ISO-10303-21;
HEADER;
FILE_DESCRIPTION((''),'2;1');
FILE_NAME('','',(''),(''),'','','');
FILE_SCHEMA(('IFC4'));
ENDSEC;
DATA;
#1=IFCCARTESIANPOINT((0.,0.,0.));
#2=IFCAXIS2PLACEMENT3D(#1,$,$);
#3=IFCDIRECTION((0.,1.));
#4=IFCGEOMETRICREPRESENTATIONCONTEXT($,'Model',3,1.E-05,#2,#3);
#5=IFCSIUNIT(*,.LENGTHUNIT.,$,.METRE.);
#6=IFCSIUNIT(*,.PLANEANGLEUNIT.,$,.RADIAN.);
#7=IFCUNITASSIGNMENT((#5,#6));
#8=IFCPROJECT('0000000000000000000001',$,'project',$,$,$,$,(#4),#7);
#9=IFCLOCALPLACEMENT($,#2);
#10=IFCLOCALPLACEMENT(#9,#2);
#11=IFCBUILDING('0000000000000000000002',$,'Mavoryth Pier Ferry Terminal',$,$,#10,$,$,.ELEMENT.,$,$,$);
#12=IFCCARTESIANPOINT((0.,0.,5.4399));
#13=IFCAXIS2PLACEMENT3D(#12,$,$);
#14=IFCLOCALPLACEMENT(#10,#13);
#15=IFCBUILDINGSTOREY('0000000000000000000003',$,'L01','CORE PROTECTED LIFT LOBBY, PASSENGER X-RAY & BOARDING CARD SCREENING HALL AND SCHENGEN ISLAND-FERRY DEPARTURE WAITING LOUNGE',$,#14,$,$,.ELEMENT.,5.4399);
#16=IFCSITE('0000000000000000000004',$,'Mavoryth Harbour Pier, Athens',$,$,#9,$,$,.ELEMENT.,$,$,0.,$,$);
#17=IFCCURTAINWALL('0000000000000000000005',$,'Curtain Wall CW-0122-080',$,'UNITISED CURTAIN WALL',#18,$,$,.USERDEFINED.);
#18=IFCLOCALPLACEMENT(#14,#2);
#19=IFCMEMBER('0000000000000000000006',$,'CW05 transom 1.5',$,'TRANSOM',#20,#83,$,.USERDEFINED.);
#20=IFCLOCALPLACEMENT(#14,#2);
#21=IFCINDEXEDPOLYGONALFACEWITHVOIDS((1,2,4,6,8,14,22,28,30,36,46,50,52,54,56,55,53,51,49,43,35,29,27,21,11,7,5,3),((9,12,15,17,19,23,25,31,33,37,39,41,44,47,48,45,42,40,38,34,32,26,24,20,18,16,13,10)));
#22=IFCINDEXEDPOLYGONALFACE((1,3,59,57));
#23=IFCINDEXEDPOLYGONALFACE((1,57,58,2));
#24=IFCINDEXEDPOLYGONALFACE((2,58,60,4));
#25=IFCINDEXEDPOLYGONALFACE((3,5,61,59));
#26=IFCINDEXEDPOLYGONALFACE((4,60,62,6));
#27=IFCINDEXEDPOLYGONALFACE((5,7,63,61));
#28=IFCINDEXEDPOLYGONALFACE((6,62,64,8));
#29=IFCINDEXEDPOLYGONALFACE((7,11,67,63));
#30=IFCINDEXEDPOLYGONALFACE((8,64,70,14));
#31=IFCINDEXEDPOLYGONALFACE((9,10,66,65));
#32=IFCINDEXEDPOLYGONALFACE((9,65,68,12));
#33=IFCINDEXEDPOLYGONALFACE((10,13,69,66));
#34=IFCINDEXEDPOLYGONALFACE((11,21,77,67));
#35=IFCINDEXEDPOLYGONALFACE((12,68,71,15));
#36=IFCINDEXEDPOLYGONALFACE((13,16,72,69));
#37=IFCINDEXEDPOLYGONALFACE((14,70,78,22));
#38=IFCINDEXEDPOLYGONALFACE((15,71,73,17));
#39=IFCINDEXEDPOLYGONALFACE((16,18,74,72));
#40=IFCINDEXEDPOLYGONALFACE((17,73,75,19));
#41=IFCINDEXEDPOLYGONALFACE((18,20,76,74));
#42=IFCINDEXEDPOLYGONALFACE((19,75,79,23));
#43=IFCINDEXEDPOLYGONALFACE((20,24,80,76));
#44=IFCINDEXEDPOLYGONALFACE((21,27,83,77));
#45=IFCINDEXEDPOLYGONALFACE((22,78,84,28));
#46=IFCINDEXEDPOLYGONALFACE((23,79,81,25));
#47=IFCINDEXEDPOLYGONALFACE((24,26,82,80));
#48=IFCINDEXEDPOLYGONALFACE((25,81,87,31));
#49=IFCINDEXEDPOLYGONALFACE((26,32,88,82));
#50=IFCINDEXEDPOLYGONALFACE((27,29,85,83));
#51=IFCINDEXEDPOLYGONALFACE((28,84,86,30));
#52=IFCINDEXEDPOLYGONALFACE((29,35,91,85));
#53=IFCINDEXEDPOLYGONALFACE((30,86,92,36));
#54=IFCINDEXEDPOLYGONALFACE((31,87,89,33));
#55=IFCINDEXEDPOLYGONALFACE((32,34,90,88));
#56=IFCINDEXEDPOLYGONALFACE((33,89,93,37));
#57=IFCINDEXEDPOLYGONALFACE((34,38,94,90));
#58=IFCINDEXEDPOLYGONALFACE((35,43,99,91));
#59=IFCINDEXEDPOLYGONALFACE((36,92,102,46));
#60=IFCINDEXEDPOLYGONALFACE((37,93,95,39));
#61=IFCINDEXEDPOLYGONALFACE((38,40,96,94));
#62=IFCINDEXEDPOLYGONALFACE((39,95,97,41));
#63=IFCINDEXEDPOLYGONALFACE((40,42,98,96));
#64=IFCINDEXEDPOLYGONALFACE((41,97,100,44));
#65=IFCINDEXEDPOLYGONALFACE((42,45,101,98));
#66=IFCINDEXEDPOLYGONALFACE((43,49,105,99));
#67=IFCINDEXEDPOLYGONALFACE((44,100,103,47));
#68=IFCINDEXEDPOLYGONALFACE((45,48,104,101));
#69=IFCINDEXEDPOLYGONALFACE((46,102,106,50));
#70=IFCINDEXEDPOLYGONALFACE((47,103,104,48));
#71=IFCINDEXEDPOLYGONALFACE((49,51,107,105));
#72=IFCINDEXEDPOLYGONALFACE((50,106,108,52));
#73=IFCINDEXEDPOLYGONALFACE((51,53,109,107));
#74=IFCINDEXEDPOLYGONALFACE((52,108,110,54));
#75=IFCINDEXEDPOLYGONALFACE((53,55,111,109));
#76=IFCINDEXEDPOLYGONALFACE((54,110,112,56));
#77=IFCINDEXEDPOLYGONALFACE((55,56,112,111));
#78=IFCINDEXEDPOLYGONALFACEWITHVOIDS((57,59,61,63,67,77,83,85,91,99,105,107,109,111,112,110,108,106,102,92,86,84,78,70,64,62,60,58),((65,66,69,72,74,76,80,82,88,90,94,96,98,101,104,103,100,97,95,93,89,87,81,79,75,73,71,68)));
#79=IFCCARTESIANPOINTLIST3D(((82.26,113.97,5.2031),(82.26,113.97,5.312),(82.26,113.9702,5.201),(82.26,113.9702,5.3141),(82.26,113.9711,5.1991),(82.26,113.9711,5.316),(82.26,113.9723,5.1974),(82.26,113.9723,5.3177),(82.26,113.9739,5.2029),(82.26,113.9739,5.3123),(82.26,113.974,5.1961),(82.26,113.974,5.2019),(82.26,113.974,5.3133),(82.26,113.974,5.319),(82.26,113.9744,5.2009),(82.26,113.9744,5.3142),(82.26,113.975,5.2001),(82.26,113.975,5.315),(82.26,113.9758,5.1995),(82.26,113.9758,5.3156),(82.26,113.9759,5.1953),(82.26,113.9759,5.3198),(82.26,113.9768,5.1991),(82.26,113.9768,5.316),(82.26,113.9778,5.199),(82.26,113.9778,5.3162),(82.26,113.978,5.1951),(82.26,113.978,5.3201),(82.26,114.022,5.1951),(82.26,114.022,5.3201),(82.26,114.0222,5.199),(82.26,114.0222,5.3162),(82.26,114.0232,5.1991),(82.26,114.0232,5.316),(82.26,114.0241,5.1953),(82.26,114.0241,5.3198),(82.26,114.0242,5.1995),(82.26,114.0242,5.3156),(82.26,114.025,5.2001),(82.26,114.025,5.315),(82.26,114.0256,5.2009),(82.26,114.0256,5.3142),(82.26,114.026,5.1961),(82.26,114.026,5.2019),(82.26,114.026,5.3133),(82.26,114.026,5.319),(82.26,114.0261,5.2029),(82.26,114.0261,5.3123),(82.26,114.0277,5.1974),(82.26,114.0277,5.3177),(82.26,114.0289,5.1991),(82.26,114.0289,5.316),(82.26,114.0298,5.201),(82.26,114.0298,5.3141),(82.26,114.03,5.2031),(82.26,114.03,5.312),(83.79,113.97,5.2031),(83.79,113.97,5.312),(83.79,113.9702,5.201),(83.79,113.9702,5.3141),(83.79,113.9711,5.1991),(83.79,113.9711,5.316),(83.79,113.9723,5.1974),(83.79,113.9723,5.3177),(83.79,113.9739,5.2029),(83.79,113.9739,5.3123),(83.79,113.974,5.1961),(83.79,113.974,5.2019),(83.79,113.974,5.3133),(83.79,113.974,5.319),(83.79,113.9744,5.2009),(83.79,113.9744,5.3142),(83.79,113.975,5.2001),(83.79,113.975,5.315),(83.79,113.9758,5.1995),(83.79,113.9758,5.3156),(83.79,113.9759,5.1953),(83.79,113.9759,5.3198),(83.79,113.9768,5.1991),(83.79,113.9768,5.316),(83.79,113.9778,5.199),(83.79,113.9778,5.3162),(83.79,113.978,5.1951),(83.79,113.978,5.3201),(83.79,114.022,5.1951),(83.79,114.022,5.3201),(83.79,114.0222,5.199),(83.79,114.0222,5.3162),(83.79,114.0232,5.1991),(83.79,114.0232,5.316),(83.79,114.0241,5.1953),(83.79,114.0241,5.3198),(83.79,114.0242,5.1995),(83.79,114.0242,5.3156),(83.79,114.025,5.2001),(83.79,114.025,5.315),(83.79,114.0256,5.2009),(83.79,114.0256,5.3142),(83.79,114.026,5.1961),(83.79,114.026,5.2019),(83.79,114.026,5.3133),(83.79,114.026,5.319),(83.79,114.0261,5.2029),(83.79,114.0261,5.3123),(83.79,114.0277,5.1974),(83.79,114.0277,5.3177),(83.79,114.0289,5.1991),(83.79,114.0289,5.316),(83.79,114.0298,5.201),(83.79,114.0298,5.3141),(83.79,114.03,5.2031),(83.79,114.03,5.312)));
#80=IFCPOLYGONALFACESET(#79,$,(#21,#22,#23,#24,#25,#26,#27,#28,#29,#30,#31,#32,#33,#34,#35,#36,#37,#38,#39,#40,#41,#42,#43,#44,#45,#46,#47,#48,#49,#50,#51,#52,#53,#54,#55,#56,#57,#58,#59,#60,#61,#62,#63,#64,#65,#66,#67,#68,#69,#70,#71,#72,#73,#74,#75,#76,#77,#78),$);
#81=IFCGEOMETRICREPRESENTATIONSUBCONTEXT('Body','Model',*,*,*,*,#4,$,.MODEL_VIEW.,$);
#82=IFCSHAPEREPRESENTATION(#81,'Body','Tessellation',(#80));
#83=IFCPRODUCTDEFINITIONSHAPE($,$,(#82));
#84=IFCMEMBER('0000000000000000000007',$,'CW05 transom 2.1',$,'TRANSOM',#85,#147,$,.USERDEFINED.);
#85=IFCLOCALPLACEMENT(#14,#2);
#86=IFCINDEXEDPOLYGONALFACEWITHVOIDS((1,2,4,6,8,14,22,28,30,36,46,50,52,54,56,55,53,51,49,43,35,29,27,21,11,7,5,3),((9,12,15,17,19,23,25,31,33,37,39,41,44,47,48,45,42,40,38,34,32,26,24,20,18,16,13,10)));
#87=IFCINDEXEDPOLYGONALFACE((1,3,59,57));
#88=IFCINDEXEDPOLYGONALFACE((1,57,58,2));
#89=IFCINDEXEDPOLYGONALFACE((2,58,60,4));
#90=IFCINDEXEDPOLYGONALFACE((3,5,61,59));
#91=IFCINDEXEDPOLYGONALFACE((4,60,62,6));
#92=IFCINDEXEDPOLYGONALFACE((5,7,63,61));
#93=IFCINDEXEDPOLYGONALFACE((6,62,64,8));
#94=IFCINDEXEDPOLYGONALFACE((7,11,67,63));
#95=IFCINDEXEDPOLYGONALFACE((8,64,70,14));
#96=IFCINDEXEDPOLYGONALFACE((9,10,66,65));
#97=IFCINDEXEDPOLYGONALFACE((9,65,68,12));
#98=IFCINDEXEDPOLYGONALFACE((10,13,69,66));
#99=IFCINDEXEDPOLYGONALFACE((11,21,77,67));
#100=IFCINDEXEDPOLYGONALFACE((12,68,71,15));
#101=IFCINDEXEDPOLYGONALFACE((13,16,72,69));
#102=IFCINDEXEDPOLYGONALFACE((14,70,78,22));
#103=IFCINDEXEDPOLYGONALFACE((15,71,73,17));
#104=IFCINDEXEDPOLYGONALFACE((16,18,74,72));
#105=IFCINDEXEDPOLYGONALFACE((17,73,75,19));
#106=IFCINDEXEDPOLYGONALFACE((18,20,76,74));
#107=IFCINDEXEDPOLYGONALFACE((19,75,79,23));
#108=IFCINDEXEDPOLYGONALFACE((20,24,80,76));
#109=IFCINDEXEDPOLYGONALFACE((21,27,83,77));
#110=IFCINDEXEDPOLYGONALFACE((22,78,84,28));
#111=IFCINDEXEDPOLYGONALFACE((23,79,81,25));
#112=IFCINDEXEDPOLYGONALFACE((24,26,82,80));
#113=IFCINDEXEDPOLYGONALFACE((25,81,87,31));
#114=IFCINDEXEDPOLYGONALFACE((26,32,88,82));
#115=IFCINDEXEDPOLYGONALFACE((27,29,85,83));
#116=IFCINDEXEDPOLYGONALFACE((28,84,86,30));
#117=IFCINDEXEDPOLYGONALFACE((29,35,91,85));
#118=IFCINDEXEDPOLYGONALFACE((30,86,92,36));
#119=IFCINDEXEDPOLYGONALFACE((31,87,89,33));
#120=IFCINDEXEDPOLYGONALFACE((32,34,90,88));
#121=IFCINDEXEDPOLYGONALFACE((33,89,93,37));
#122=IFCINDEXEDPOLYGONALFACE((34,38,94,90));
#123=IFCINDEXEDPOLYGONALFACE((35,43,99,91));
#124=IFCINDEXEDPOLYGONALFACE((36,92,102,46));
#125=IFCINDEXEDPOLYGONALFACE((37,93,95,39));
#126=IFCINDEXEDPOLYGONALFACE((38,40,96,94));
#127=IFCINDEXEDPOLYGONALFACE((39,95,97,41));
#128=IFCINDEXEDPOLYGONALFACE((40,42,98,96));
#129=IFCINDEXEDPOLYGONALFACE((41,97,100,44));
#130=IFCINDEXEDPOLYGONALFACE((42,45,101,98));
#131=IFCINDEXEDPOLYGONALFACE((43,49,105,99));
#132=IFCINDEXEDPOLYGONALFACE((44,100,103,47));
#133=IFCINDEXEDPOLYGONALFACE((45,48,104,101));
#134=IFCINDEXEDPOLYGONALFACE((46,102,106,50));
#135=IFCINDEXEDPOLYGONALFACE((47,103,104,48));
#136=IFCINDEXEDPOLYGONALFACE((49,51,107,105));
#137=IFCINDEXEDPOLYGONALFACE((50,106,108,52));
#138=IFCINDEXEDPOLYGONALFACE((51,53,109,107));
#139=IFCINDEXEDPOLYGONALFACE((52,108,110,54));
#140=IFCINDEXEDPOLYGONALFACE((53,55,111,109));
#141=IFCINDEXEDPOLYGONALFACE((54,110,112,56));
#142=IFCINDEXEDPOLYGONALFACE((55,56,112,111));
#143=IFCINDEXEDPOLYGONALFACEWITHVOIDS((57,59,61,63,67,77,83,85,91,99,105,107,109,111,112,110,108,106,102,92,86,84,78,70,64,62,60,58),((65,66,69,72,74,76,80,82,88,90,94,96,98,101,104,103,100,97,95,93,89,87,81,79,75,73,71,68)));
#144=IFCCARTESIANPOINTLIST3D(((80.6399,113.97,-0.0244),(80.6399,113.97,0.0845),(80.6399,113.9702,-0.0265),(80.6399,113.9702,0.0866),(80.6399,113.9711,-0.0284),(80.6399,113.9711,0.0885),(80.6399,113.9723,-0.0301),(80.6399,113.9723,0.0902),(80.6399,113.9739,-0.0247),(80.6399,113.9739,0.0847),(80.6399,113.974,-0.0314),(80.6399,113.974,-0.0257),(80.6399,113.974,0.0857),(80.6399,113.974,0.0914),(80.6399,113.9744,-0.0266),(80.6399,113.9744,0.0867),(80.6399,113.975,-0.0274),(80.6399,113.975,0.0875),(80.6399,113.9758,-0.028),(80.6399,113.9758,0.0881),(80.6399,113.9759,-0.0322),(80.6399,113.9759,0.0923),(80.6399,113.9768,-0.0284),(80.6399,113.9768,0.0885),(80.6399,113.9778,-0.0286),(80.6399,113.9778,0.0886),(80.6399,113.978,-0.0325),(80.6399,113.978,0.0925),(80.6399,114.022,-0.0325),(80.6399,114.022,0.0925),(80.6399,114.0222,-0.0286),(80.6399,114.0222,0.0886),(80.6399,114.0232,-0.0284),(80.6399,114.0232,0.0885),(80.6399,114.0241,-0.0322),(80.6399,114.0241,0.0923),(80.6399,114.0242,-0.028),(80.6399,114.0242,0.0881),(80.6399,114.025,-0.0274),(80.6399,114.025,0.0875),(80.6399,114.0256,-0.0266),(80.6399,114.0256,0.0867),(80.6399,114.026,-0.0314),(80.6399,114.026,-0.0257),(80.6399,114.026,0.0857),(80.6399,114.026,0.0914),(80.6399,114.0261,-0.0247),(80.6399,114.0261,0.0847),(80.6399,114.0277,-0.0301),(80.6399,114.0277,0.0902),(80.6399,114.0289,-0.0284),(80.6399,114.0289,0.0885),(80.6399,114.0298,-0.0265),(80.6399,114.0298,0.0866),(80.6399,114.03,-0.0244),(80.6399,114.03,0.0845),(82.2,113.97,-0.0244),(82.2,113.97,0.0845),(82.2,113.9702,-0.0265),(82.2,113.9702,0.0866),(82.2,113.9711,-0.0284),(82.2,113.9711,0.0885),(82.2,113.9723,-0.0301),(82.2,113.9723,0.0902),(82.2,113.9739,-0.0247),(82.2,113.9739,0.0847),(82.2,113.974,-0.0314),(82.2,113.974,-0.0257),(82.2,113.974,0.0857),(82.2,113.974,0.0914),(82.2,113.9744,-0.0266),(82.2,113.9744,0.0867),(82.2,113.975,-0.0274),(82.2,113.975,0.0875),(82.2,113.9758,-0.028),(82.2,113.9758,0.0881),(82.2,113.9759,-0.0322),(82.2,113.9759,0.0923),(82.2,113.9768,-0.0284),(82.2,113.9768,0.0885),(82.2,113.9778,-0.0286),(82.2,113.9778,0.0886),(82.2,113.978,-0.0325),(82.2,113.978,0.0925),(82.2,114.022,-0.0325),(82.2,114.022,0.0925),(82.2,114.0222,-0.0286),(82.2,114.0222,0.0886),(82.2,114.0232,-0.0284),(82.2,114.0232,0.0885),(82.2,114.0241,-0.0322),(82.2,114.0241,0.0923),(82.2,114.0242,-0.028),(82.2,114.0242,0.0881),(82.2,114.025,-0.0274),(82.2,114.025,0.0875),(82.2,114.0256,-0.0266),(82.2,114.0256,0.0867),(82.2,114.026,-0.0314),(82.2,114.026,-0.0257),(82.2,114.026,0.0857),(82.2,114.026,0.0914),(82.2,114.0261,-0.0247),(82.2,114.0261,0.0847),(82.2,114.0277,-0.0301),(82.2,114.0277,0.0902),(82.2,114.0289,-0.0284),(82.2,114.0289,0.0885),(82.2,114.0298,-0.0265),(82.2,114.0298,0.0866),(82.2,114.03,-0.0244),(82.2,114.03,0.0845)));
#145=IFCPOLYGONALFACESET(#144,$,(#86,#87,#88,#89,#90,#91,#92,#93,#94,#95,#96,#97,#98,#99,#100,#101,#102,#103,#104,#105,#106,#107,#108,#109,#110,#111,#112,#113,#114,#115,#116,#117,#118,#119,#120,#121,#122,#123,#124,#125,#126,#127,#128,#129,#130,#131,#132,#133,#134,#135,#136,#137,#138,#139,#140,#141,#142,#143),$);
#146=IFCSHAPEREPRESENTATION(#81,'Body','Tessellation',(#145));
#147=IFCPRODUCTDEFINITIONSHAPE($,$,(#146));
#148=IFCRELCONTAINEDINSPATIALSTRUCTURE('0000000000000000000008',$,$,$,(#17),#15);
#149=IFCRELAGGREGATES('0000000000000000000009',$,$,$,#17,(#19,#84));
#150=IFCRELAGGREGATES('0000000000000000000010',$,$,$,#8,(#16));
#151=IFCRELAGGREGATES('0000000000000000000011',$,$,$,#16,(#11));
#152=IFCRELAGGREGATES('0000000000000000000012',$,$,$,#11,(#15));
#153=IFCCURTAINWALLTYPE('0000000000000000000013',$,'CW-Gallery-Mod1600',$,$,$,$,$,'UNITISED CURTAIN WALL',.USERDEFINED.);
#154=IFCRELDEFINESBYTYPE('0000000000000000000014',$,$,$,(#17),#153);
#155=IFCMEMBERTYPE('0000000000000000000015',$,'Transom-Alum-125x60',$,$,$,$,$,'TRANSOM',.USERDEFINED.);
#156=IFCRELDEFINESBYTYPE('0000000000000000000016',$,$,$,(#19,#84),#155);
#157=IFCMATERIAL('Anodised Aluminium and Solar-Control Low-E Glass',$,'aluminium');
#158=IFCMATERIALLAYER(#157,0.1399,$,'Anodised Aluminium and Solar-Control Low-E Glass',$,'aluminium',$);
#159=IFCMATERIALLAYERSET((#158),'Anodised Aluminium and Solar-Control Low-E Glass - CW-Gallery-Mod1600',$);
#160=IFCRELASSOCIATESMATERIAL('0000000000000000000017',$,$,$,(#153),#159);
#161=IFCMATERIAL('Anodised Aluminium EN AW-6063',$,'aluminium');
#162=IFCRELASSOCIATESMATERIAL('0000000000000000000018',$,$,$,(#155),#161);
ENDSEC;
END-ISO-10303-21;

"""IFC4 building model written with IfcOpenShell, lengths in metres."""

from ifc_helpers import new_model, si_unit, direction, frame, origin, origin_2d, place, context, subcontext, project, spatial, hollow_rectangle, extrude, material, layer, layer_set, material_profile, profile_set, type_object, element, aggregate, save


model = new_model("IFC4")

# Units and contexts
model_context = context("Model", 3, precision=1e-05, world=origin(), true_north=direction((0.0, 1.0)))
body_context = subcontext(model_context, "Body", "Model", "MODEL_VIEW")
ifc_project = project(units=[si_unit("LENGTHUNIT", "METRE"), si_unit("PLANEANGLEUNIT", "RADIAN")], contexts=[model_context])

# Site, building, storey
site_placement = place(None, origin())
site = spatial("IfcSite", under=ifc_project, at=site_placement, Name="Mavoryth Harbour Pier, Athens", CompositionType="ELEMENT", RefElevation=0.0)
building_placement = place(site_placement, origin())
building = spatial("IfcBuilding", under=site, at=building_placement, Name="Mavoryth Pier Ferry Terminal", CompositionType="ELEMENT")
storey_placement = place(building_placement, frame((0.0, 0.0, 5.4399)))
storey = spatial("IfcBuildingStorey", under=building, at=storey_placement, Name="L01", Description="CORE PROTECTED LIFT LOBBY, PASSENGER X-RAY & BOARDING CARD SCREENING HALL AND SCHENGEN ISLAND-FERRY DEPARTURE WAITING LOUNGE", CompositionType="ELEMENT", Elevation=5.4399)

# Curtain wall
ifc_material_1 = material(Name="Anodised Aluminium and Solar-Control Low-E Glass", Category="aluminium")
ifc_layer_1 = layer(ifc_material_1, 0.1399, Name="Anodised Aluminium and Solar-Control Low-E Glass", Category="aluminium")
ifc_layer_set_1 = layer_set([ifc_layer_1], Name="Anodised Aluminium and Solar-Control Low-E Glass - CW-Gallery-Mod1600")
curtain_wall_type = type_object("IfcCurtainWallType", Name="CW-Gallery-Mod1600", ElementType="UNITISED CURTAIN WALL", PredefinedType="USERDEFINED", material=ifc_layer_set_1)
curtain_wall_1_placement = place(storey_placement, origin())
curtain_wall_1 = element("IfcCurtainWall", 1, at=curtain_wall_1_placement, inside=storey, type_object=curtain_wall_type, Name="Curtain Wall CW-0122-080", ObjectType="UNITISED CURTAIN WALL", PredefinedType="USERDEFINED")
ifc_material_2 = material(Name="Anodised Aluminium EN AW-6063", Category="aluminium")

# Members
ifc_material_profile_1 = material_profile(ifc_material_2, hollow_rectangle(XDim=0.0601, YDim=0.125, WallThickness=0.0039, InnerFilletRadius=0.0039, OuterFilletRadius=0.0081, at=origin_2d()), Name="AL-TRAN 125x60x4", Category="aluminium")
ifc_profile_set_1 = profile_set([ifc_material_profile_1], Name="Anodised Aluminium EN AW-6063 - AL-TRAN 125x60x4")
member_type_1 = type_object("IfcMemberType", Name="Transom-Alum-125x60", ElementType="TRANSOM", PredefinedType="USERDEFINED", material=ifc_profile_set_1)
member_1_placement = place(storey_placement, frame((83.79, 114.0, 5.2576), z_axis=(-1.0, 0.0, 0.0), x_axis=(0.0, -1.0, 0.0)))
member_1 = element("IfcMember", 2, at=member_1_placement, type_object=member_type_1, Name="CW05 transom 1.5", ObjectType="TRANSOM", PredefinedType="USERDEFINED", context=body_context, shape_type="SweptSolid", body=[
    extrude(hollow_rectangle(XDim=0.0601, YDim=0.125, WallThickness=0.0039, InnerFilletRadius=0.0039, OuterFilletRadius=0.0081, at=origin_2d()), origin(), (0.0, 0.0, 1.0), 1.53),
])
member_2_placement = place(storey_placement, frame((82.2, 114.0, 0.03), z_axis=(-1.0, 0.0, 0.0), x_axis=(0.0, -1.0, 0.0)))
member_2 = element("IfcMember", 3, at=member_2_placement, type_object=member_type_1, Name="CW05 transom 2.1", ObjectType="TRANSOM", PredefinedType="USERDEFINED", context=body_context, shape_type="SweptSolid", body=[
    extrude(hollow_rectangle(XDim=0.0601, YDim=0.125, WallThickness=0.0039, InnerFilletRadius=0.0039, OuterFilletRadius=0.0081, at=origin_2d()), origin(), (0.0, 0.0, 1.0), 1.5601),
])

aggregate(curtain_wall_1, [member_1, member_2])

save(model, "model.ifc")
